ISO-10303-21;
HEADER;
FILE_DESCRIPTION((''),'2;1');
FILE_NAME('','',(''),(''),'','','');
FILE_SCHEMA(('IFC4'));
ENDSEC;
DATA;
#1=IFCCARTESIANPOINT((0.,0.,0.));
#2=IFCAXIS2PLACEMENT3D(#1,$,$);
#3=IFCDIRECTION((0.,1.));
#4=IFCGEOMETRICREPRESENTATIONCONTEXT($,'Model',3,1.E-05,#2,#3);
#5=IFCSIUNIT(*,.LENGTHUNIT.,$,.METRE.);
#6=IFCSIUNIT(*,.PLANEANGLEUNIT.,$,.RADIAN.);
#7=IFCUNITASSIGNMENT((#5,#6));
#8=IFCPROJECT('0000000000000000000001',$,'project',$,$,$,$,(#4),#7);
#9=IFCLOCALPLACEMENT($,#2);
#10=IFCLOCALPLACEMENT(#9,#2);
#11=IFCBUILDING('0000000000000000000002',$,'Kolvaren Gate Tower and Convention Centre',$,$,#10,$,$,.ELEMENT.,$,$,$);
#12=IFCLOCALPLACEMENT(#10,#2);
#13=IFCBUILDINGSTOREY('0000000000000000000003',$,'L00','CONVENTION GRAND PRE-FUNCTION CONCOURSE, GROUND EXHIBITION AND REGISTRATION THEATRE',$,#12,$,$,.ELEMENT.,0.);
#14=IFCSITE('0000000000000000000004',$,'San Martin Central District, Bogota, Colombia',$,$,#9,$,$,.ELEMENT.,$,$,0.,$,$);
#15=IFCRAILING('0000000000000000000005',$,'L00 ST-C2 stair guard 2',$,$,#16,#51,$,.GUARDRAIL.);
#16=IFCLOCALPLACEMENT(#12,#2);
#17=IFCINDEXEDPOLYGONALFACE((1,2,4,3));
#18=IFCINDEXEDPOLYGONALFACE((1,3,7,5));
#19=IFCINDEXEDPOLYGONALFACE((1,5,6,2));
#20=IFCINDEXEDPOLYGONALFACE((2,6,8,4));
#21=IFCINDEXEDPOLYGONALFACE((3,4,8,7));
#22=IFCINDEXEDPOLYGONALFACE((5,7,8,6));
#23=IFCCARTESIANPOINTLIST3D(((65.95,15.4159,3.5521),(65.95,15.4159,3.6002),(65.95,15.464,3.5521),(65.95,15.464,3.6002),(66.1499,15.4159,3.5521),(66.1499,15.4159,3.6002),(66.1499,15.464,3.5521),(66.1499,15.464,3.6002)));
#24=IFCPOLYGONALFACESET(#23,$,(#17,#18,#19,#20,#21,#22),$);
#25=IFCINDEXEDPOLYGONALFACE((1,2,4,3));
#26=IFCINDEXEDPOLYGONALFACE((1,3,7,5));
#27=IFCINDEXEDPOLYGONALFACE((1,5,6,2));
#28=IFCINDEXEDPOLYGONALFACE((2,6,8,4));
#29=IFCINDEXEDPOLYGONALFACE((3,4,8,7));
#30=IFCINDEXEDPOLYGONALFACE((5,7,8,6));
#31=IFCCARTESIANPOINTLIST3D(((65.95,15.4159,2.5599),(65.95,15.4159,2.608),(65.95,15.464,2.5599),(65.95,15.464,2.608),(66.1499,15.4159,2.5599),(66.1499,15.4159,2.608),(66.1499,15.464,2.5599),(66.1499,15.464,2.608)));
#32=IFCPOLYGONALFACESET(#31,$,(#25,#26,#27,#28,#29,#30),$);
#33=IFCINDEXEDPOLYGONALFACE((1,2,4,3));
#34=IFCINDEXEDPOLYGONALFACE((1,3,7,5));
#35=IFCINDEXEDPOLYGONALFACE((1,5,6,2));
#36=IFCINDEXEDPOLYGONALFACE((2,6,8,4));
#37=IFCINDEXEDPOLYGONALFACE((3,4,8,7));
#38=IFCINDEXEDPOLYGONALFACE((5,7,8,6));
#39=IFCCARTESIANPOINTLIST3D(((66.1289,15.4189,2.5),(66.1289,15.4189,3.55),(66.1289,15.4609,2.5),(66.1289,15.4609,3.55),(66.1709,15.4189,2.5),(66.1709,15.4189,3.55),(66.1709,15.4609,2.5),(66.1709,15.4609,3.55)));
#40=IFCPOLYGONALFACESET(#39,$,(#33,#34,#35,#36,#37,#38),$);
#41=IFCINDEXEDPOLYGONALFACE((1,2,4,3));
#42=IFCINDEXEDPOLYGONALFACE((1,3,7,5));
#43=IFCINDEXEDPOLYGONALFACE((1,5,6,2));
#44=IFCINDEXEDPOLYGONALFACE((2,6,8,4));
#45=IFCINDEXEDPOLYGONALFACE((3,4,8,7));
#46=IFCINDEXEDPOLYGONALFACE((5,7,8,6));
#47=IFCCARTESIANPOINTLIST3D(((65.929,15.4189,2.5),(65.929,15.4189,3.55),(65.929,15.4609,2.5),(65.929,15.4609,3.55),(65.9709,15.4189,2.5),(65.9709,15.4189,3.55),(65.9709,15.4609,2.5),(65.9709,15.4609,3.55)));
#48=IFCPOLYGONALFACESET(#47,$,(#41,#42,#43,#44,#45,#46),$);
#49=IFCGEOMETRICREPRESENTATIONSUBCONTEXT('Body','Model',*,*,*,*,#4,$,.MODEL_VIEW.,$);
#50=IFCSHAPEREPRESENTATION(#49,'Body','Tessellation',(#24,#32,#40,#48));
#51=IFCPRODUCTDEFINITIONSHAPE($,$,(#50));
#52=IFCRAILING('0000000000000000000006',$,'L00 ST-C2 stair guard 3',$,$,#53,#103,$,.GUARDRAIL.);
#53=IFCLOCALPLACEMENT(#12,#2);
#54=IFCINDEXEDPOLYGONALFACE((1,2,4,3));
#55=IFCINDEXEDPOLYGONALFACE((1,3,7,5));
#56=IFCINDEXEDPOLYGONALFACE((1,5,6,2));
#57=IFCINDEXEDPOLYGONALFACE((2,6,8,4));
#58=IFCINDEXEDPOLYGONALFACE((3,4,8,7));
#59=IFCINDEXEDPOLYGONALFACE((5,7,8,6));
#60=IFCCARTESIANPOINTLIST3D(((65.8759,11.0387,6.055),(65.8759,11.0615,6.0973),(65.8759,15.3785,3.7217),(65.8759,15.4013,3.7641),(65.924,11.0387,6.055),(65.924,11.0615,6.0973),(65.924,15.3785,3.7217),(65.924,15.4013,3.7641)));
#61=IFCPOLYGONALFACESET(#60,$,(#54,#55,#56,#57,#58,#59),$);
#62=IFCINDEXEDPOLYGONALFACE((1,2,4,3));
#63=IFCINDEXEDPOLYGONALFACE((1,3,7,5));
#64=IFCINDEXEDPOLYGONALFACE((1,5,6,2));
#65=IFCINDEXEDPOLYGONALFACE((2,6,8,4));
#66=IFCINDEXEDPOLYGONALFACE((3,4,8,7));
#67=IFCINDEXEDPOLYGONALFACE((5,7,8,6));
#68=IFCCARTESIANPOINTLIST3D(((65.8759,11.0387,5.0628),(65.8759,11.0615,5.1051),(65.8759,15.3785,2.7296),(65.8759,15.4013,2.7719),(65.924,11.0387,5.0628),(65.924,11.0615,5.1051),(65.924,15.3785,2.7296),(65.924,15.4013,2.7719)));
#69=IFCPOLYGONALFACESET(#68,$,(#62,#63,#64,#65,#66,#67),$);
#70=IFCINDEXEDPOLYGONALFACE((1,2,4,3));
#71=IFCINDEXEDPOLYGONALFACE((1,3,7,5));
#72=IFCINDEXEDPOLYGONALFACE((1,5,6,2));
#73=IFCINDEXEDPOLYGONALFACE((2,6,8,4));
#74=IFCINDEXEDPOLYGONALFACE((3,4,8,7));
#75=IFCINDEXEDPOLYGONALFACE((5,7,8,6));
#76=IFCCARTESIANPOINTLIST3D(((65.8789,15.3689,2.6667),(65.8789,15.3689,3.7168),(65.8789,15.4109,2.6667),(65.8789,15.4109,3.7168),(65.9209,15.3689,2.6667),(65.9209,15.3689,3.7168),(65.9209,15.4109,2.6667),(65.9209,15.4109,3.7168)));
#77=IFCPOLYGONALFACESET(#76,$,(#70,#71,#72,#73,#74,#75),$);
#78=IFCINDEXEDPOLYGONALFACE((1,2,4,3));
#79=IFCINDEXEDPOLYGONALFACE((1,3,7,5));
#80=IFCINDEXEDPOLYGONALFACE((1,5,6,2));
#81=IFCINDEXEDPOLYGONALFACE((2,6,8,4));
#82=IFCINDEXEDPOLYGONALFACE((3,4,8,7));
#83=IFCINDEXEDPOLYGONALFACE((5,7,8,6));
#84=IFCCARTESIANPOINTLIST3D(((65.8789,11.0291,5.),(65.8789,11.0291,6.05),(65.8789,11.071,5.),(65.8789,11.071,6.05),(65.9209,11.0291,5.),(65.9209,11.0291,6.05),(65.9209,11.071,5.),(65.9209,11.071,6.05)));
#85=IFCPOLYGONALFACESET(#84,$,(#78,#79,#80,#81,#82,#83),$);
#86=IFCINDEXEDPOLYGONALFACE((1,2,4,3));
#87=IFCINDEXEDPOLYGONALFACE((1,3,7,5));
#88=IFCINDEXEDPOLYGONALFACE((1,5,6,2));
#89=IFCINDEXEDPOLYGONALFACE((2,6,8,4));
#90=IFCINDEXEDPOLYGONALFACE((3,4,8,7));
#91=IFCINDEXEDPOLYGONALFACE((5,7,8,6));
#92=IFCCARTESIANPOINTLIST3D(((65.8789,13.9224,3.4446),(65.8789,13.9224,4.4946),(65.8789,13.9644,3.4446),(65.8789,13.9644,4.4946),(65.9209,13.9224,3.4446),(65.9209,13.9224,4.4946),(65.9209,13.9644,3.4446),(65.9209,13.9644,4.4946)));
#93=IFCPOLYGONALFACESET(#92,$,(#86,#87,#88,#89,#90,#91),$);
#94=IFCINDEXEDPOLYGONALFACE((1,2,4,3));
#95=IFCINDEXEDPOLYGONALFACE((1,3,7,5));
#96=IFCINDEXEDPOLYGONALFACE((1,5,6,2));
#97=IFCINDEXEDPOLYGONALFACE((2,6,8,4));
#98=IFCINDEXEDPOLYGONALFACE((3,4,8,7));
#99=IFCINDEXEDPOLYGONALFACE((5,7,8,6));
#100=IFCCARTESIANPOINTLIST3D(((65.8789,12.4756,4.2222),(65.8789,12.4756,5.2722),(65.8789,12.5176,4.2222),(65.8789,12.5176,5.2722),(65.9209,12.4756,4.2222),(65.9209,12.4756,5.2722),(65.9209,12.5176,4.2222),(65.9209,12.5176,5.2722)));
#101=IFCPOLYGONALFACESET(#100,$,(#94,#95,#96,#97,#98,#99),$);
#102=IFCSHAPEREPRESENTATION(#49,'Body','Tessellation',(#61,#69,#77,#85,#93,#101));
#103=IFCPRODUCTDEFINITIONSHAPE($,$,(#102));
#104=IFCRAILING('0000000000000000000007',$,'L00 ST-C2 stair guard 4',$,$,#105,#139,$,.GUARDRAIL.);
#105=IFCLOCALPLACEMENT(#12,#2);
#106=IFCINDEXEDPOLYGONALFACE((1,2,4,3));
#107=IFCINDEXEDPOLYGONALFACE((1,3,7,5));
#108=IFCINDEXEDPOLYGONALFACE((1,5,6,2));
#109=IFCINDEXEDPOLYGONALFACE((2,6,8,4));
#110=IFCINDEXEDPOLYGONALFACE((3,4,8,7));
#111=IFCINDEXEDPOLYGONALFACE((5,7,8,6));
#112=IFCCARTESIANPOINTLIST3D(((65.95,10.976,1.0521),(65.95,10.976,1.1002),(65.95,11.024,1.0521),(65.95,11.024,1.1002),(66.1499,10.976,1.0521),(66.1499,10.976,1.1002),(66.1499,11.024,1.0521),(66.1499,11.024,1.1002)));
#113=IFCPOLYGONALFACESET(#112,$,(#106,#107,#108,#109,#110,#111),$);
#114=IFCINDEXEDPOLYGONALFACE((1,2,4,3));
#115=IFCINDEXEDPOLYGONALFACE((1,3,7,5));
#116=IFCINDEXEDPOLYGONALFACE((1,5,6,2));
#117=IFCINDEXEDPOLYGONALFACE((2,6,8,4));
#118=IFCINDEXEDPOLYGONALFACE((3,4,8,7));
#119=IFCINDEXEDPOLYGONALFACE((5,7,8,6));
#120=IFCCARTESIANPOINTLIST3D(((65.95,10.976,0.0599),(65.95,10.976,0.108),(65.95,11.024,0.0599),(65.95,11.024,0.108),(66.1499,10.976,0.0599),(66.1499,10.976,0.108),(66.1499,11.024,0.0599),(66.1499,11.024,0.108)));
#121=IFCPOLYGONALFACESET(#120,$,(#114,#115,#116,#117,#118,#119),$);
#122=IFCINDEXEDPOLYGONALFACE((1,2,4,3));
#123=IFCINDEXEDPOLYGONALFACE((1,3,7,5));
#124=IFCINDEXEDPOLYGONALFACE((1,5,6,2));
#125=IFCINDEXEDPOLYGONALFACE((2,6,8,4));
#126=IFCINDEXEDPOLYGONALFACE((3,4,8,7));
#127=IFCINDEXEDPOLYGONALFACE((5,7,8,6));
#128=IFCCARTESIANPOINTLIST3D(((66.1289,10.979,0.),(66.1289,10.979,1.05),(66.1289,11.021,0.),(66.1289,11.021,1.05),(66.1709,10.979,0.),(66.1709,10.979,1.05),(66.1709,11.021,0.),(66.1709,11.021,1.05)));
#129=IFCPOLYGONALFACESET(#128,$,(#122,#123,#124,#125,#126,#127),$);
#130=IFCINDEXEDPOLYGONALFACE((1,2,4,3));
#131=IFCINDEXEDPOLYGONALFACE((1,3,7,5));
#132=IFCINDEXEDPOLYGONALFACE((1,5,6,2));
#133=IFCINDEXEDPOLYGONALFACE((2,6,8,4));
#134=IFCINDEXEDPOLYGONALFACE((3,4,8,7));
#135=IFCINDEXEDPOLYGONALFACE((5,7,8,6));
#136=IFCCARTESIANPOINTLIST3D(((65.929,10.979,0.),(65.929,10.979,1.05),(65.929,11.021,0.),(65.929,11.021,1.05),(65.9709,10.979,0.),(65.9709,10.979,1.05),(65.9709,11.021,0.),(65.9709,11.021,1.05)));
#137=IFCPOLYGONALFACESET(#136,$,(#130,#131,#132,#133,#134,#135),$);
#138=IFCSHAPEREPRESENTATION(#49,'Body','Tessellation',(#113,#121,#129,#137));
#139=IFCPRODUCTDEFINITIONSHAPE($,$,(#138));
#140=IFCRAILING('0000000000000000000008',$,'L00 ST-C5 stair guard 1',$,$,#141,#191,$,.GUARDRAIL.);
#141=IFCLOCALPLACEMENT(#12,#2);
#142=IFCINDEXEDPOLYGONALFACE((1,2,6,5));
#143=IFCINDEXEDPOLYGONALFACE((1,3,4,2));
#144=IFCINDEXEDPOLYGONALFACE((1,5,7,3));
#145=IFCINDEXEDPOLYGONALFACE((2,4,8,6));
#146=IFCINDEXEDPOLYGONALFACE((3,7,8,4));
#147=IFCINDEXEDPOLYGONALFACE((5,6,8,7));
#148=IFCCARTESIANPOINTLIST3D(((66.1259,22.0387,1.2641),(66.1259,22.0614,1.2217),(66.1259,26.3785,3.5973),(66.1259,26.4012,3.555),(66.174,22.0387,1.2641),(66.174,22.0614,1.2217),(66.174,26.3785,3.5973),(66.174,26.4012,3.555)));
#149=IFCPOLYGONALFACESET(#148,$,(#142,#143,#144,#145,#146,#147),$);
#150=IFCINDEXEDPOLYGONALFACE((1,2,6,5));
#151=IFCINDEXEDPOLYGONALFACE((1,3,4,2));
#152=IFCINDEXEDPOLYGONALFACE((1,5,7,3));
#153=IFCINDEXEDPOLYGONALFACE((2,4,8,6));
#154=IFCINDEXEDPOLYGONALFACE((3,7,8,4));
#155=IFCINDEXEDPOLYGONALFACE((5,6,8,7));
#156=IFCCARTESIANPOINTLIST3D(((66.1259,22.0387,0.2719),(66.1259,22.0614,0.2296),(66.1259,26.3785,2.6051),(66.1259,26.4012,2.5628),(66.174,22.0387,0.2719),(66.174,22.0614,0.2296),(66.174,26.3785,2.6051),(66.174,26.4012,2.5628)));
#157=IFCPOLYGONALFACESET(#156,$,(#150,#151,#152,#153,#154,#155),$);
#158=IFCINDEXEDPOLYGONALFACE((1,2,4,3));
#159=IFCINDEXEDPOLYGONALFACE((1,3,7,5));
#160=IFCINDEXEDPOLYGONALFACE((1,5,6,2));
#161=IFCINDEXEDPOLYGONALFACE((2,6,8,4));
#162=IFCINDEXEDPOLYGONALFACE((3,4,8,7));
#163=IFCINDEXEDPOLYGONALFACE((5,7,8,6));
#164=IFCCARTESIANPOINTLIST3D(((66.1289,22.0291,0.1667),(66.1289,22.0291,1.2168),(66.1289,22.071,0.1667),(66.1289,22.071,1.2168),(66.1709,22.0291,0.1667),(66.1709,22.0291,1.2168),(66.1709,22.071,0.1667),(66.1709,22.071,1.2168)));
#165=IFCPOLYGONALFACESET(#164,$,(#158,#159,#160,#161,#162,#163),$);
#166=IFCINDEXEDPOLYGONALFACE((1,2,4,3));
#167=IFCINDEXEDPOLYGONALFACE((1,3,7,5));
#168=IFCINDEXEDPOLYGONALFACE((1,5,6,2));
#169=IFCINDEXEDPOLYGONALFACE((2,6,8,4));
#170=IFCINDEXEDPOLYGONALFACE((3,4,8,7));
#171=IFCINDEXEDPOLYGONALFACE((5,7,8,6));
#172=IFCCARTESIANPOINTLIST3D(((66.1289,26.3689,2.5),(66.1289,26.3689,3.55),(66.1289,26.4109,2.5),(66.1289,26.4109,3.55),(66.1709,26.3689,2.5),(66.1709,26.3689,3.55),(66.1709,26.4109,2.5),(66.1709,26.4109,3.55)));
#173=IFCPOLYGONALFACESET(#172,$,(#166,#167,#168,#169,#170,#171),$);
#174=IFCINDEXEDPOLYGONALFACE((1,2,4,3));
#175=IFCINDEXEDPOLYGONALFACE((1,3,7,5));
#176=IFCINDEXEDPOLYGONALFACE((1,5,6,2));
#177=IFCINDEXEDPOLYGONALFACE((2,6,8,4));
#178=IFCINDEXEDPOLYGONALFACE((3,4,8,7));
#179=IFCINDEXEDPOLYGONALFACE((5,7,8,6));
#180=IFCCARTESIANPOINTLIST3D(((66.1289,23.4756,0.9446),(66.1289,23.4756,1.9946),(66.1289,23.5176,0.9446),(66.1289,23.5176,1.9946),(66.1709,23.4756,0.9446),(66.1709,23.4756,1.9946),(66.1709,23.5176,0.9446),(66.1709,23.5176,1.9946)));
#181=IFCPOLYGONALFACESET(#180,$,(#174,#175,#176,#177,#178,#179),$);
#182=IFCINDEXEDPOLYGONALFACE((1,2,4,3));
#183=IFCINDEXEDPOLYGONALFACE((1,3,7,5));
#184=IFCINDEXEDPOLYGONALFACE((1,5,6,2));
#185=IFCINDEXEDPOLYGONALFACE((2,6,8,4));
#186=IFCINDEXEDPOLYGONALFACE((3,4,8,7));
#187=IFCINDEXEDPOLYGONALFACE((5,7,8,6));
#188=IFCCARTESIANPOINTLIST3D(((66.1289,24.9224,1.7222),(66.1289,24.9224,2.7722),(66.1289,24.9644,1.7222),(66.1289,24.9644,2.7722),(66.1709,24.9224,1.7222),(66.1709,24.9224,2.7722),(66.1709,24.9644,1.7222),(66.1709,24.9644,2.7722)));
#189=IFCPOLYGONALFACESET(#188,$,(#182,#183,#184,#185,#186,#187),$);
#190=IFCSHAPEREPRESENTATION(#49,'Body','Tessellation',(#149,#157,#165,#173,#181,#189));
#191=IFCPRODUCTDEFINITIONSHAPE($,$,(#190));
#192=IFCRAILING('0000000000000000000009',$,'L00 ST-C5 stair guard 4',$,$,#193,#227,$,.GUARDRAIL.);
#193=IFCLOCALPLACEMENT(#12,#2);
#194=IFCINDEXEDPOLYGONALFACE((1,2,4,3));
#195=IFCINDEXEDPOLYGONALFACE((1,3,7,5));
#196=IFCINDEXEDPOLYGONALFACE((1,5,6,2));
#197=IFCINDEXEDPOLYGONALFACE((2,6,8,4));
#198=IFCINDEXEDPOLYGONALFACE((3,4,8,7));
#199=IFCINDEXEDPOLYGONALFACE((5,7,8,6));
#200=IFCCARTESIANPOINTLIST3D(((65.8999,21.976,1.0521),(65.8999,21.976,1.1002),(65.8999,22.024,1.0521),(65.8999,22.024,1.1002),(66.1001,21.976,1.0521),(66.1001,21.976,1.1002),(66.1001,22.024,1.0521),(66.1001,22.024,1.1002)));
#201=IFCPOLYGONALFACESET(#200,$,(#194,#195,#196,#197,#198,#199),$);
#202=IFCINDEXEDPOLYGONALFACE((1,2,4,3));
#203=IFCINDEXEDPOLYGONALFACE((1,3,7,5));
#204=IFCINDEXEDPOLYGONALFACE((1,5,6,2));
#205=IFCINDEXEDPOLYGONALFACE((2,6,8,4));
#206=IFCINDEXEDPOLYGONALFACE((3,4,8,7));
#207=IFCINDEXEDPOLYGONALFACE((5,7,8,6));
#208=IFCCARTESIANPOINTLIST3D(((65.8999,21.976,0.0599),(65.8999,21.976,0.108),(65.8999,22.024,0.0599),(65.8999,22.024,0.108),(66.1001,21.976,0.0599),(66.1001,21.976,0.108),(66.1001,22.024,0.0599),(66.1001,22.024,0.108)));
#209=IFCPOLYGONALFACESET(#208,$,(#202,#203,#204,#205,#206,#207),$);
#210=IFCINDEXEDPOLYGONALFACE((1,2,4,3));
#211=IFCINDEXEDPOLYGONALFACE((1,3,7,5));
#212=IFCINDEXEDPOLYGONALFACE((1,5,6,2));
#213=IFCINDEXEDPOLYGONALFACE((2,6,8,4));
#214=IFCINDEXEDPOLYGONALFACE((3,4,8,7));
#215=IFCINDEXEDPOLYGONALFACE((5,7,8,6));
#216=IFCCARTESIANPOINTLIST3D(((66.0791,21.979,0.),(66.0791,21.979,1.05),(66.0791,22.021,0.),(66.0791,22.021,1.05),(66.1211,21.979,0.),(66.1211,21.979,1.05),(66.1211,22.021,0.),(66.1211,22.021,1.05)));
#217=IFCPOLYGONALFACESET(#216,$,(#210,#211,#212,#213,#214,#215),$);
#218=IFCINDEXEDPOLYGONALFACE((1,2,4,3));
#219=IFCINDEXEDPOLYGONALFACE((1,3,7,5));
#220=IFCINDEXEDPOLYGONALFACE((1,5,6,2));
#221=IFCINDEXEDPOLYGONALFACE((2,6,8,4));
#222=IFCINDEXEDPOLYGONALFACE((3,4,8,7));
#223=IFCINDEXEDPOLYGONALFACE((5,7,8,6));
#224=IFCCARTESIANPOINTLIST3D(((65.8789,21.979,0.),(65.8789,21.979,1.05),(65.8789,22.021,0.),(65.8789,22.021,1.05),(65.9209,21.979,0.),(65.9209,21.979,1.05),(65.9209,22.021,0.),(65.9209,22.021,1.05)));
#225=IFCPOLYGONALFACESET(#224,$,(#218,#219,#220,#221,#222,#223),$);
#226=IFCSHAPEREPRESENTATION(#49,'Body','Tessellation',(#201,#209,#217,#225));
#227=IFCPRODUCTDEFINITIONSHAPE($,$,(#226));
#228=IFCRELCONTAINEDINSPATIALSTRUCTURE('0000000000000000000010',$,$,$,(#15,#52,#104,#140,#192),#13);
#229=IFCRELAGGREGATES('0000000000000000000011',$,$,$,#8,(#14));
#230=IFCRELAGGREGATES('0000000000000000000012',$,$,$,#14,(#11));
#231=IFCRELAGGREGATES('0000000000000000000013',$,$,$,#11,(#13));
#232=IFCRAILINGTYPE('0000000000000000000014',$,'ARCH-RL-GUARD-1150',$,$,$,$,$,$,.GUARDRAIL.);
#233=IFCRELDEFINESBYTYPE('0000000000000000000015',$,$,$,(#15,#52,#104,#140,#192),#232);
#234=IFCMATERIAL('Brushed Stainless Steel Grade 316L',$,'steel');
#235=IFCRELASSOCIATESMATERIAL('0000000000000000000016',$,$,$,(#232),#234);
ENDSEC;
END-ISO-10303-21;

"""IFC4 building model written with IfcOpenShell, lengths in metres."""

from ifc_helpers import new_model, si_unit, direction, frame, origin, origin_2d, place, context, subcontext, project, spatial, rectangle, extrude, material, type_object, element, save


model = new_model("IFC4")

# Units and contexts
model_context = context("Model", 3, precision=1e-05, world=origin(), true_north=direction((0.0, 1.0)))
body_context = subcontext(model_context, "Body", "Model", "MODEL_VIEW")
ifc_project = project(units=[si_unit("LENGTHUNIT", "METRE"), si_unit("PLANEANGLEUNIT", "RADIAN")], contexts=[model_context])

# Site, building, storey
site_placement = place(None, origin())
site = spatial("IfcSite", under=ifc_project, at=site_placement, Name="San Martin Central District, Bogota, Colombia", CompositionType="ELEMENT", RefElevation=0.0)
building_placement = place(site_placement, origin())
building = spatial("IfcBuilding", under=site, at=building_placement, Name="Kolvaren Gate Tower and Convention Centre", CompositionType="ELEMENT")
storey_placement = place(building_placement, origin())
storey = spatial("IfcBuildingStorey", under=building, at=storey_placement, Name="L00", Description="CONVENTION GRAND PRE-FUNCTION CONCOURSE, GROUND EXHIBITION AND REGISTRATION THEATRE", CompositionType="ELEMENT", Elevation=0.0)

# Railings
ifc_material_1 = material(Name="Brushed Stainless Steel Grade 316L", Category="steel")
railing_type_1 = type_object("IfcRailingType", Name="ARCH-RL-GUARD-1150", PredefinedType="GUARDRAIL", material=ifc_material_1)
railing_1_placement = place(storey_placement, frame((66.1499, 15.4399, 2.5)))
element("IfcRailing", 1, at=railing_1_placement, inside=storey, type_object=railing_type_1, Name="L00 ST-C2 stair guard 2", PredefinedType="GUARDRAIL", context=body_context, shape_type="SweptSolid", body=[
    extrude(rectangle(XDim=0.0481, YDim=0.0481, at=origin_2d()), frame((0.0, 0.0, 1.0762), z_axis=(-1.0, 0.0, 0.0), x_axis=(0.0, -1.0, 0.0)), (0.0, 0.0, 1.0), 0.2),
    extrude(rectangle(XDim=0.0481, YDim=0.0481, at=origin_2d()), frame((0.0, 0.0, 0.084), z_axis=(-1.0, 0.0, 0.0), x_axis=(0.0, -1.0, 0.0)), (0.0, 0.0, 1.0), 0.2),
    extrude(rectangle(XDim=0.042, YDim=0.042, at=origin_2d()), origin(), (0.0, 0.0, 1.0), 1.05),
    extrude(rectangle(XDim=0.042, YDim=0.042, at=origin_2d()), frame((-0.2, 0.0, 0.0)), (0.0, 0.0, 1.0), 1.05),
])
railing_2_placement = place(storey_placement, frame((65.8999, 15.3899, 2.6667)))
element("IfcRailing", 2, at=railing_2_placement, inside=storey, type_object=railing_type_1, Name="L00 ST-C2 stair guard 3", PredefinedType="GUARDRAIL", context=body_context, shape_type="SweptSolid", body=[
    extrude(rectangle(XDim=0.0481, YDim=0.0481, at=origin_2d()), frame((0.0, 0.0, 1.0762), z_axis=(0.0, -0.880775, 0.473535), x_axis=(1.0, 0.0, 0.0)), (0.0, 0.0, 1.0), 4.9272),
    extrude(rectangle(XDim=0.0481, YDim=0.0481, at=origin_2d()), frame((0.0, 0.0, 0.084), z_axis=(0.0, -0.880775, 0.473535), x_axis=(1.0, 0.0, 0.0)), (0.0, 0.0, 1.0), 4.9272),
    extrude(rectangle(XDim=0.042, YDim=0.042, at=origin_2d()), origin(), (0.0, 0.0, 1.0), 1.05),
    extrude(rectangle(XDim=0.042, YDim=0.042, at=origin_2d()), frame((0.0, -4.3398, 2.3333)), (0.0, 0.0, 1.0), 1.05),
    extrude(rectangle(XDim=0.042, YDim=0.042, at=origin_2d()), frame((0.0, -1.4465, 0.7778)), (0.0, 0.0, 1.0), 1.05),
    extrude(rectangle(XDim=0.042, YDim=0.042, at=origin_2d()), frame((0.0, -2.8933, 1.5554)), (0.0, 0.0, 1.0), 1.05),
])
railing_3_placement = place(storey_placement, frame((66.1499, 11.0, 0.0)))
element("IfcRailing", 3, at=railing_3_placement, inside=storey, type_object=railing_type_1, Name="L00 ST-C2 stair guard 4", PredefinedType="GUARDRAIL", context=body_context, shape_type="SweptSolid", body=[
    extrude(rectangle(XDim=0.0481, YDim=0.0481, at=origin_2d()), frame((0.0, 0.0, 1.0762), z_axis=(-1.0, 0.0, 0.0), x_axis=(0.0, -1.0, 0.0)), (0.0, 0.0, 1.0), 0.2),
    extrude(rectangle(XDim=0.0481, YDim=0.0481, at=origin_2d()), frame((0.0, 0.0, 0.084), z_axis=(-1.0, 0.0, 0.0), x_axis=(0.0, -1.0, 0.0)), (0.0, 0.0, 1.0), 0.2),
    extrude(rectangle(XDim=0.042, YDim=0.042, at=origin_2d()), origin(), (0.0, 0.0, 1.0), 1.05),
    extrude(rectangle(XDim=0.042, YDim=0.042, at=origin_2d()), frame((-0.2, 0.0, 0.0)), (0.0, 0.0, 1.0), 1.05),
])
railing_4_placement = place(storey_placement, frame((66.1499, 22.05, 0.1667)))
element("IfcRailing", 4, at=railing_4_placement, inside=storey, type_object=railing_type_1, Name="L00 ST-C5 stair guard 1", PredefinedType="GUARDRAIL", context=body_context, shape_type="SweptSolid", body=[
    extrude(rectangle(XDim=0.0481, YDim=0.0481, at=origin_2d()), frame((0.0, 0.0, 1.0762), z_axis=(0.0, 0.880775, 0.473535), x_axis=(-1.0, 0.0, 0.0)), (0.0, 0.0, 1.0), 4.9272),
    extrude(rectangle(XDim=0.0481, YDim=0.0481, at=origin_2d()), frame((0.0, 0.0, 0.084), z_axis=(0.0, 0.880775, 0.473535), x_axis=(-1.0, 0.0, 0.0)), (0.0, 0.0, 1.0), 4.9272),
    extrude(rectangle(XDim=0.042, YDim=0.042, at=origin_2d()), origin(), (0.0, 0.0, 1.0), 1.05),
    extrude(rectangle(XDim=0.042, YDim=0.042, at=origin_2d()), frame((0.0, 4.3398, 2.3333)), (0.0, 0.0, 1.0), 1.05),
    extrude(rectangle(XDim=0.042, YDim=0.042, at=origin_2d()), frame((0.0, 1.4465, 0.7778)), (0.0, 0.0, 1.0), 1.05),
    extrude(rectangle(XDim=0.042, YDim=0.042, at=origin_2d()), frame((0.0, 2.8933, 1.5554)), (0.0, 0.0, 1.0), 1.05),
])
railing_5_placement = place(storey_placement, frame((66.1001, 22.0, 0.0)))
element("IfcRailing", 5, at=railing_5_placement, inside=storey, type_object=railing_type_1, Name="L00 ST-C5 stair guard 4", PredefinedType="GUARDRAIL", context=body_context, shape_type="SweptSolid", body=[
    extrude(rectangle(XDim=0.0481, YDim=0.0481, at=origin_2d()), frame((0.0, 0.0, 1.0762), z_axis=(-1.0, 0.0, 0.0), x_axis=(0.0, -1.0, 0.0)), (0.0, 0.0, 1.0), 0.2002),
    extrude(rectangle(XDim=0.0481, YDim=0.0481, at=origin_2d()), frame((0.0, 0.0, 0.084), z_axis=(-1.0, 0.0, 0.0), x_axis=(0.0, -1.0, 0.0)), (0.0, 0.0, 1.0), 0.2002),
    extrude(rectangle(XDim=0.042, YDim=0.042, at=origin_2d()), origin(), (0.0, 0.0, 1.0), 1.05),
    extrude(rectangle(XDim=0.042, YDim=0.042, at=origin_2d()), frame((-0.2002, 0.0, 0.0)), (0.0, 0.0, 1.0), 1.05),
])

save(model, "model.ifc")
